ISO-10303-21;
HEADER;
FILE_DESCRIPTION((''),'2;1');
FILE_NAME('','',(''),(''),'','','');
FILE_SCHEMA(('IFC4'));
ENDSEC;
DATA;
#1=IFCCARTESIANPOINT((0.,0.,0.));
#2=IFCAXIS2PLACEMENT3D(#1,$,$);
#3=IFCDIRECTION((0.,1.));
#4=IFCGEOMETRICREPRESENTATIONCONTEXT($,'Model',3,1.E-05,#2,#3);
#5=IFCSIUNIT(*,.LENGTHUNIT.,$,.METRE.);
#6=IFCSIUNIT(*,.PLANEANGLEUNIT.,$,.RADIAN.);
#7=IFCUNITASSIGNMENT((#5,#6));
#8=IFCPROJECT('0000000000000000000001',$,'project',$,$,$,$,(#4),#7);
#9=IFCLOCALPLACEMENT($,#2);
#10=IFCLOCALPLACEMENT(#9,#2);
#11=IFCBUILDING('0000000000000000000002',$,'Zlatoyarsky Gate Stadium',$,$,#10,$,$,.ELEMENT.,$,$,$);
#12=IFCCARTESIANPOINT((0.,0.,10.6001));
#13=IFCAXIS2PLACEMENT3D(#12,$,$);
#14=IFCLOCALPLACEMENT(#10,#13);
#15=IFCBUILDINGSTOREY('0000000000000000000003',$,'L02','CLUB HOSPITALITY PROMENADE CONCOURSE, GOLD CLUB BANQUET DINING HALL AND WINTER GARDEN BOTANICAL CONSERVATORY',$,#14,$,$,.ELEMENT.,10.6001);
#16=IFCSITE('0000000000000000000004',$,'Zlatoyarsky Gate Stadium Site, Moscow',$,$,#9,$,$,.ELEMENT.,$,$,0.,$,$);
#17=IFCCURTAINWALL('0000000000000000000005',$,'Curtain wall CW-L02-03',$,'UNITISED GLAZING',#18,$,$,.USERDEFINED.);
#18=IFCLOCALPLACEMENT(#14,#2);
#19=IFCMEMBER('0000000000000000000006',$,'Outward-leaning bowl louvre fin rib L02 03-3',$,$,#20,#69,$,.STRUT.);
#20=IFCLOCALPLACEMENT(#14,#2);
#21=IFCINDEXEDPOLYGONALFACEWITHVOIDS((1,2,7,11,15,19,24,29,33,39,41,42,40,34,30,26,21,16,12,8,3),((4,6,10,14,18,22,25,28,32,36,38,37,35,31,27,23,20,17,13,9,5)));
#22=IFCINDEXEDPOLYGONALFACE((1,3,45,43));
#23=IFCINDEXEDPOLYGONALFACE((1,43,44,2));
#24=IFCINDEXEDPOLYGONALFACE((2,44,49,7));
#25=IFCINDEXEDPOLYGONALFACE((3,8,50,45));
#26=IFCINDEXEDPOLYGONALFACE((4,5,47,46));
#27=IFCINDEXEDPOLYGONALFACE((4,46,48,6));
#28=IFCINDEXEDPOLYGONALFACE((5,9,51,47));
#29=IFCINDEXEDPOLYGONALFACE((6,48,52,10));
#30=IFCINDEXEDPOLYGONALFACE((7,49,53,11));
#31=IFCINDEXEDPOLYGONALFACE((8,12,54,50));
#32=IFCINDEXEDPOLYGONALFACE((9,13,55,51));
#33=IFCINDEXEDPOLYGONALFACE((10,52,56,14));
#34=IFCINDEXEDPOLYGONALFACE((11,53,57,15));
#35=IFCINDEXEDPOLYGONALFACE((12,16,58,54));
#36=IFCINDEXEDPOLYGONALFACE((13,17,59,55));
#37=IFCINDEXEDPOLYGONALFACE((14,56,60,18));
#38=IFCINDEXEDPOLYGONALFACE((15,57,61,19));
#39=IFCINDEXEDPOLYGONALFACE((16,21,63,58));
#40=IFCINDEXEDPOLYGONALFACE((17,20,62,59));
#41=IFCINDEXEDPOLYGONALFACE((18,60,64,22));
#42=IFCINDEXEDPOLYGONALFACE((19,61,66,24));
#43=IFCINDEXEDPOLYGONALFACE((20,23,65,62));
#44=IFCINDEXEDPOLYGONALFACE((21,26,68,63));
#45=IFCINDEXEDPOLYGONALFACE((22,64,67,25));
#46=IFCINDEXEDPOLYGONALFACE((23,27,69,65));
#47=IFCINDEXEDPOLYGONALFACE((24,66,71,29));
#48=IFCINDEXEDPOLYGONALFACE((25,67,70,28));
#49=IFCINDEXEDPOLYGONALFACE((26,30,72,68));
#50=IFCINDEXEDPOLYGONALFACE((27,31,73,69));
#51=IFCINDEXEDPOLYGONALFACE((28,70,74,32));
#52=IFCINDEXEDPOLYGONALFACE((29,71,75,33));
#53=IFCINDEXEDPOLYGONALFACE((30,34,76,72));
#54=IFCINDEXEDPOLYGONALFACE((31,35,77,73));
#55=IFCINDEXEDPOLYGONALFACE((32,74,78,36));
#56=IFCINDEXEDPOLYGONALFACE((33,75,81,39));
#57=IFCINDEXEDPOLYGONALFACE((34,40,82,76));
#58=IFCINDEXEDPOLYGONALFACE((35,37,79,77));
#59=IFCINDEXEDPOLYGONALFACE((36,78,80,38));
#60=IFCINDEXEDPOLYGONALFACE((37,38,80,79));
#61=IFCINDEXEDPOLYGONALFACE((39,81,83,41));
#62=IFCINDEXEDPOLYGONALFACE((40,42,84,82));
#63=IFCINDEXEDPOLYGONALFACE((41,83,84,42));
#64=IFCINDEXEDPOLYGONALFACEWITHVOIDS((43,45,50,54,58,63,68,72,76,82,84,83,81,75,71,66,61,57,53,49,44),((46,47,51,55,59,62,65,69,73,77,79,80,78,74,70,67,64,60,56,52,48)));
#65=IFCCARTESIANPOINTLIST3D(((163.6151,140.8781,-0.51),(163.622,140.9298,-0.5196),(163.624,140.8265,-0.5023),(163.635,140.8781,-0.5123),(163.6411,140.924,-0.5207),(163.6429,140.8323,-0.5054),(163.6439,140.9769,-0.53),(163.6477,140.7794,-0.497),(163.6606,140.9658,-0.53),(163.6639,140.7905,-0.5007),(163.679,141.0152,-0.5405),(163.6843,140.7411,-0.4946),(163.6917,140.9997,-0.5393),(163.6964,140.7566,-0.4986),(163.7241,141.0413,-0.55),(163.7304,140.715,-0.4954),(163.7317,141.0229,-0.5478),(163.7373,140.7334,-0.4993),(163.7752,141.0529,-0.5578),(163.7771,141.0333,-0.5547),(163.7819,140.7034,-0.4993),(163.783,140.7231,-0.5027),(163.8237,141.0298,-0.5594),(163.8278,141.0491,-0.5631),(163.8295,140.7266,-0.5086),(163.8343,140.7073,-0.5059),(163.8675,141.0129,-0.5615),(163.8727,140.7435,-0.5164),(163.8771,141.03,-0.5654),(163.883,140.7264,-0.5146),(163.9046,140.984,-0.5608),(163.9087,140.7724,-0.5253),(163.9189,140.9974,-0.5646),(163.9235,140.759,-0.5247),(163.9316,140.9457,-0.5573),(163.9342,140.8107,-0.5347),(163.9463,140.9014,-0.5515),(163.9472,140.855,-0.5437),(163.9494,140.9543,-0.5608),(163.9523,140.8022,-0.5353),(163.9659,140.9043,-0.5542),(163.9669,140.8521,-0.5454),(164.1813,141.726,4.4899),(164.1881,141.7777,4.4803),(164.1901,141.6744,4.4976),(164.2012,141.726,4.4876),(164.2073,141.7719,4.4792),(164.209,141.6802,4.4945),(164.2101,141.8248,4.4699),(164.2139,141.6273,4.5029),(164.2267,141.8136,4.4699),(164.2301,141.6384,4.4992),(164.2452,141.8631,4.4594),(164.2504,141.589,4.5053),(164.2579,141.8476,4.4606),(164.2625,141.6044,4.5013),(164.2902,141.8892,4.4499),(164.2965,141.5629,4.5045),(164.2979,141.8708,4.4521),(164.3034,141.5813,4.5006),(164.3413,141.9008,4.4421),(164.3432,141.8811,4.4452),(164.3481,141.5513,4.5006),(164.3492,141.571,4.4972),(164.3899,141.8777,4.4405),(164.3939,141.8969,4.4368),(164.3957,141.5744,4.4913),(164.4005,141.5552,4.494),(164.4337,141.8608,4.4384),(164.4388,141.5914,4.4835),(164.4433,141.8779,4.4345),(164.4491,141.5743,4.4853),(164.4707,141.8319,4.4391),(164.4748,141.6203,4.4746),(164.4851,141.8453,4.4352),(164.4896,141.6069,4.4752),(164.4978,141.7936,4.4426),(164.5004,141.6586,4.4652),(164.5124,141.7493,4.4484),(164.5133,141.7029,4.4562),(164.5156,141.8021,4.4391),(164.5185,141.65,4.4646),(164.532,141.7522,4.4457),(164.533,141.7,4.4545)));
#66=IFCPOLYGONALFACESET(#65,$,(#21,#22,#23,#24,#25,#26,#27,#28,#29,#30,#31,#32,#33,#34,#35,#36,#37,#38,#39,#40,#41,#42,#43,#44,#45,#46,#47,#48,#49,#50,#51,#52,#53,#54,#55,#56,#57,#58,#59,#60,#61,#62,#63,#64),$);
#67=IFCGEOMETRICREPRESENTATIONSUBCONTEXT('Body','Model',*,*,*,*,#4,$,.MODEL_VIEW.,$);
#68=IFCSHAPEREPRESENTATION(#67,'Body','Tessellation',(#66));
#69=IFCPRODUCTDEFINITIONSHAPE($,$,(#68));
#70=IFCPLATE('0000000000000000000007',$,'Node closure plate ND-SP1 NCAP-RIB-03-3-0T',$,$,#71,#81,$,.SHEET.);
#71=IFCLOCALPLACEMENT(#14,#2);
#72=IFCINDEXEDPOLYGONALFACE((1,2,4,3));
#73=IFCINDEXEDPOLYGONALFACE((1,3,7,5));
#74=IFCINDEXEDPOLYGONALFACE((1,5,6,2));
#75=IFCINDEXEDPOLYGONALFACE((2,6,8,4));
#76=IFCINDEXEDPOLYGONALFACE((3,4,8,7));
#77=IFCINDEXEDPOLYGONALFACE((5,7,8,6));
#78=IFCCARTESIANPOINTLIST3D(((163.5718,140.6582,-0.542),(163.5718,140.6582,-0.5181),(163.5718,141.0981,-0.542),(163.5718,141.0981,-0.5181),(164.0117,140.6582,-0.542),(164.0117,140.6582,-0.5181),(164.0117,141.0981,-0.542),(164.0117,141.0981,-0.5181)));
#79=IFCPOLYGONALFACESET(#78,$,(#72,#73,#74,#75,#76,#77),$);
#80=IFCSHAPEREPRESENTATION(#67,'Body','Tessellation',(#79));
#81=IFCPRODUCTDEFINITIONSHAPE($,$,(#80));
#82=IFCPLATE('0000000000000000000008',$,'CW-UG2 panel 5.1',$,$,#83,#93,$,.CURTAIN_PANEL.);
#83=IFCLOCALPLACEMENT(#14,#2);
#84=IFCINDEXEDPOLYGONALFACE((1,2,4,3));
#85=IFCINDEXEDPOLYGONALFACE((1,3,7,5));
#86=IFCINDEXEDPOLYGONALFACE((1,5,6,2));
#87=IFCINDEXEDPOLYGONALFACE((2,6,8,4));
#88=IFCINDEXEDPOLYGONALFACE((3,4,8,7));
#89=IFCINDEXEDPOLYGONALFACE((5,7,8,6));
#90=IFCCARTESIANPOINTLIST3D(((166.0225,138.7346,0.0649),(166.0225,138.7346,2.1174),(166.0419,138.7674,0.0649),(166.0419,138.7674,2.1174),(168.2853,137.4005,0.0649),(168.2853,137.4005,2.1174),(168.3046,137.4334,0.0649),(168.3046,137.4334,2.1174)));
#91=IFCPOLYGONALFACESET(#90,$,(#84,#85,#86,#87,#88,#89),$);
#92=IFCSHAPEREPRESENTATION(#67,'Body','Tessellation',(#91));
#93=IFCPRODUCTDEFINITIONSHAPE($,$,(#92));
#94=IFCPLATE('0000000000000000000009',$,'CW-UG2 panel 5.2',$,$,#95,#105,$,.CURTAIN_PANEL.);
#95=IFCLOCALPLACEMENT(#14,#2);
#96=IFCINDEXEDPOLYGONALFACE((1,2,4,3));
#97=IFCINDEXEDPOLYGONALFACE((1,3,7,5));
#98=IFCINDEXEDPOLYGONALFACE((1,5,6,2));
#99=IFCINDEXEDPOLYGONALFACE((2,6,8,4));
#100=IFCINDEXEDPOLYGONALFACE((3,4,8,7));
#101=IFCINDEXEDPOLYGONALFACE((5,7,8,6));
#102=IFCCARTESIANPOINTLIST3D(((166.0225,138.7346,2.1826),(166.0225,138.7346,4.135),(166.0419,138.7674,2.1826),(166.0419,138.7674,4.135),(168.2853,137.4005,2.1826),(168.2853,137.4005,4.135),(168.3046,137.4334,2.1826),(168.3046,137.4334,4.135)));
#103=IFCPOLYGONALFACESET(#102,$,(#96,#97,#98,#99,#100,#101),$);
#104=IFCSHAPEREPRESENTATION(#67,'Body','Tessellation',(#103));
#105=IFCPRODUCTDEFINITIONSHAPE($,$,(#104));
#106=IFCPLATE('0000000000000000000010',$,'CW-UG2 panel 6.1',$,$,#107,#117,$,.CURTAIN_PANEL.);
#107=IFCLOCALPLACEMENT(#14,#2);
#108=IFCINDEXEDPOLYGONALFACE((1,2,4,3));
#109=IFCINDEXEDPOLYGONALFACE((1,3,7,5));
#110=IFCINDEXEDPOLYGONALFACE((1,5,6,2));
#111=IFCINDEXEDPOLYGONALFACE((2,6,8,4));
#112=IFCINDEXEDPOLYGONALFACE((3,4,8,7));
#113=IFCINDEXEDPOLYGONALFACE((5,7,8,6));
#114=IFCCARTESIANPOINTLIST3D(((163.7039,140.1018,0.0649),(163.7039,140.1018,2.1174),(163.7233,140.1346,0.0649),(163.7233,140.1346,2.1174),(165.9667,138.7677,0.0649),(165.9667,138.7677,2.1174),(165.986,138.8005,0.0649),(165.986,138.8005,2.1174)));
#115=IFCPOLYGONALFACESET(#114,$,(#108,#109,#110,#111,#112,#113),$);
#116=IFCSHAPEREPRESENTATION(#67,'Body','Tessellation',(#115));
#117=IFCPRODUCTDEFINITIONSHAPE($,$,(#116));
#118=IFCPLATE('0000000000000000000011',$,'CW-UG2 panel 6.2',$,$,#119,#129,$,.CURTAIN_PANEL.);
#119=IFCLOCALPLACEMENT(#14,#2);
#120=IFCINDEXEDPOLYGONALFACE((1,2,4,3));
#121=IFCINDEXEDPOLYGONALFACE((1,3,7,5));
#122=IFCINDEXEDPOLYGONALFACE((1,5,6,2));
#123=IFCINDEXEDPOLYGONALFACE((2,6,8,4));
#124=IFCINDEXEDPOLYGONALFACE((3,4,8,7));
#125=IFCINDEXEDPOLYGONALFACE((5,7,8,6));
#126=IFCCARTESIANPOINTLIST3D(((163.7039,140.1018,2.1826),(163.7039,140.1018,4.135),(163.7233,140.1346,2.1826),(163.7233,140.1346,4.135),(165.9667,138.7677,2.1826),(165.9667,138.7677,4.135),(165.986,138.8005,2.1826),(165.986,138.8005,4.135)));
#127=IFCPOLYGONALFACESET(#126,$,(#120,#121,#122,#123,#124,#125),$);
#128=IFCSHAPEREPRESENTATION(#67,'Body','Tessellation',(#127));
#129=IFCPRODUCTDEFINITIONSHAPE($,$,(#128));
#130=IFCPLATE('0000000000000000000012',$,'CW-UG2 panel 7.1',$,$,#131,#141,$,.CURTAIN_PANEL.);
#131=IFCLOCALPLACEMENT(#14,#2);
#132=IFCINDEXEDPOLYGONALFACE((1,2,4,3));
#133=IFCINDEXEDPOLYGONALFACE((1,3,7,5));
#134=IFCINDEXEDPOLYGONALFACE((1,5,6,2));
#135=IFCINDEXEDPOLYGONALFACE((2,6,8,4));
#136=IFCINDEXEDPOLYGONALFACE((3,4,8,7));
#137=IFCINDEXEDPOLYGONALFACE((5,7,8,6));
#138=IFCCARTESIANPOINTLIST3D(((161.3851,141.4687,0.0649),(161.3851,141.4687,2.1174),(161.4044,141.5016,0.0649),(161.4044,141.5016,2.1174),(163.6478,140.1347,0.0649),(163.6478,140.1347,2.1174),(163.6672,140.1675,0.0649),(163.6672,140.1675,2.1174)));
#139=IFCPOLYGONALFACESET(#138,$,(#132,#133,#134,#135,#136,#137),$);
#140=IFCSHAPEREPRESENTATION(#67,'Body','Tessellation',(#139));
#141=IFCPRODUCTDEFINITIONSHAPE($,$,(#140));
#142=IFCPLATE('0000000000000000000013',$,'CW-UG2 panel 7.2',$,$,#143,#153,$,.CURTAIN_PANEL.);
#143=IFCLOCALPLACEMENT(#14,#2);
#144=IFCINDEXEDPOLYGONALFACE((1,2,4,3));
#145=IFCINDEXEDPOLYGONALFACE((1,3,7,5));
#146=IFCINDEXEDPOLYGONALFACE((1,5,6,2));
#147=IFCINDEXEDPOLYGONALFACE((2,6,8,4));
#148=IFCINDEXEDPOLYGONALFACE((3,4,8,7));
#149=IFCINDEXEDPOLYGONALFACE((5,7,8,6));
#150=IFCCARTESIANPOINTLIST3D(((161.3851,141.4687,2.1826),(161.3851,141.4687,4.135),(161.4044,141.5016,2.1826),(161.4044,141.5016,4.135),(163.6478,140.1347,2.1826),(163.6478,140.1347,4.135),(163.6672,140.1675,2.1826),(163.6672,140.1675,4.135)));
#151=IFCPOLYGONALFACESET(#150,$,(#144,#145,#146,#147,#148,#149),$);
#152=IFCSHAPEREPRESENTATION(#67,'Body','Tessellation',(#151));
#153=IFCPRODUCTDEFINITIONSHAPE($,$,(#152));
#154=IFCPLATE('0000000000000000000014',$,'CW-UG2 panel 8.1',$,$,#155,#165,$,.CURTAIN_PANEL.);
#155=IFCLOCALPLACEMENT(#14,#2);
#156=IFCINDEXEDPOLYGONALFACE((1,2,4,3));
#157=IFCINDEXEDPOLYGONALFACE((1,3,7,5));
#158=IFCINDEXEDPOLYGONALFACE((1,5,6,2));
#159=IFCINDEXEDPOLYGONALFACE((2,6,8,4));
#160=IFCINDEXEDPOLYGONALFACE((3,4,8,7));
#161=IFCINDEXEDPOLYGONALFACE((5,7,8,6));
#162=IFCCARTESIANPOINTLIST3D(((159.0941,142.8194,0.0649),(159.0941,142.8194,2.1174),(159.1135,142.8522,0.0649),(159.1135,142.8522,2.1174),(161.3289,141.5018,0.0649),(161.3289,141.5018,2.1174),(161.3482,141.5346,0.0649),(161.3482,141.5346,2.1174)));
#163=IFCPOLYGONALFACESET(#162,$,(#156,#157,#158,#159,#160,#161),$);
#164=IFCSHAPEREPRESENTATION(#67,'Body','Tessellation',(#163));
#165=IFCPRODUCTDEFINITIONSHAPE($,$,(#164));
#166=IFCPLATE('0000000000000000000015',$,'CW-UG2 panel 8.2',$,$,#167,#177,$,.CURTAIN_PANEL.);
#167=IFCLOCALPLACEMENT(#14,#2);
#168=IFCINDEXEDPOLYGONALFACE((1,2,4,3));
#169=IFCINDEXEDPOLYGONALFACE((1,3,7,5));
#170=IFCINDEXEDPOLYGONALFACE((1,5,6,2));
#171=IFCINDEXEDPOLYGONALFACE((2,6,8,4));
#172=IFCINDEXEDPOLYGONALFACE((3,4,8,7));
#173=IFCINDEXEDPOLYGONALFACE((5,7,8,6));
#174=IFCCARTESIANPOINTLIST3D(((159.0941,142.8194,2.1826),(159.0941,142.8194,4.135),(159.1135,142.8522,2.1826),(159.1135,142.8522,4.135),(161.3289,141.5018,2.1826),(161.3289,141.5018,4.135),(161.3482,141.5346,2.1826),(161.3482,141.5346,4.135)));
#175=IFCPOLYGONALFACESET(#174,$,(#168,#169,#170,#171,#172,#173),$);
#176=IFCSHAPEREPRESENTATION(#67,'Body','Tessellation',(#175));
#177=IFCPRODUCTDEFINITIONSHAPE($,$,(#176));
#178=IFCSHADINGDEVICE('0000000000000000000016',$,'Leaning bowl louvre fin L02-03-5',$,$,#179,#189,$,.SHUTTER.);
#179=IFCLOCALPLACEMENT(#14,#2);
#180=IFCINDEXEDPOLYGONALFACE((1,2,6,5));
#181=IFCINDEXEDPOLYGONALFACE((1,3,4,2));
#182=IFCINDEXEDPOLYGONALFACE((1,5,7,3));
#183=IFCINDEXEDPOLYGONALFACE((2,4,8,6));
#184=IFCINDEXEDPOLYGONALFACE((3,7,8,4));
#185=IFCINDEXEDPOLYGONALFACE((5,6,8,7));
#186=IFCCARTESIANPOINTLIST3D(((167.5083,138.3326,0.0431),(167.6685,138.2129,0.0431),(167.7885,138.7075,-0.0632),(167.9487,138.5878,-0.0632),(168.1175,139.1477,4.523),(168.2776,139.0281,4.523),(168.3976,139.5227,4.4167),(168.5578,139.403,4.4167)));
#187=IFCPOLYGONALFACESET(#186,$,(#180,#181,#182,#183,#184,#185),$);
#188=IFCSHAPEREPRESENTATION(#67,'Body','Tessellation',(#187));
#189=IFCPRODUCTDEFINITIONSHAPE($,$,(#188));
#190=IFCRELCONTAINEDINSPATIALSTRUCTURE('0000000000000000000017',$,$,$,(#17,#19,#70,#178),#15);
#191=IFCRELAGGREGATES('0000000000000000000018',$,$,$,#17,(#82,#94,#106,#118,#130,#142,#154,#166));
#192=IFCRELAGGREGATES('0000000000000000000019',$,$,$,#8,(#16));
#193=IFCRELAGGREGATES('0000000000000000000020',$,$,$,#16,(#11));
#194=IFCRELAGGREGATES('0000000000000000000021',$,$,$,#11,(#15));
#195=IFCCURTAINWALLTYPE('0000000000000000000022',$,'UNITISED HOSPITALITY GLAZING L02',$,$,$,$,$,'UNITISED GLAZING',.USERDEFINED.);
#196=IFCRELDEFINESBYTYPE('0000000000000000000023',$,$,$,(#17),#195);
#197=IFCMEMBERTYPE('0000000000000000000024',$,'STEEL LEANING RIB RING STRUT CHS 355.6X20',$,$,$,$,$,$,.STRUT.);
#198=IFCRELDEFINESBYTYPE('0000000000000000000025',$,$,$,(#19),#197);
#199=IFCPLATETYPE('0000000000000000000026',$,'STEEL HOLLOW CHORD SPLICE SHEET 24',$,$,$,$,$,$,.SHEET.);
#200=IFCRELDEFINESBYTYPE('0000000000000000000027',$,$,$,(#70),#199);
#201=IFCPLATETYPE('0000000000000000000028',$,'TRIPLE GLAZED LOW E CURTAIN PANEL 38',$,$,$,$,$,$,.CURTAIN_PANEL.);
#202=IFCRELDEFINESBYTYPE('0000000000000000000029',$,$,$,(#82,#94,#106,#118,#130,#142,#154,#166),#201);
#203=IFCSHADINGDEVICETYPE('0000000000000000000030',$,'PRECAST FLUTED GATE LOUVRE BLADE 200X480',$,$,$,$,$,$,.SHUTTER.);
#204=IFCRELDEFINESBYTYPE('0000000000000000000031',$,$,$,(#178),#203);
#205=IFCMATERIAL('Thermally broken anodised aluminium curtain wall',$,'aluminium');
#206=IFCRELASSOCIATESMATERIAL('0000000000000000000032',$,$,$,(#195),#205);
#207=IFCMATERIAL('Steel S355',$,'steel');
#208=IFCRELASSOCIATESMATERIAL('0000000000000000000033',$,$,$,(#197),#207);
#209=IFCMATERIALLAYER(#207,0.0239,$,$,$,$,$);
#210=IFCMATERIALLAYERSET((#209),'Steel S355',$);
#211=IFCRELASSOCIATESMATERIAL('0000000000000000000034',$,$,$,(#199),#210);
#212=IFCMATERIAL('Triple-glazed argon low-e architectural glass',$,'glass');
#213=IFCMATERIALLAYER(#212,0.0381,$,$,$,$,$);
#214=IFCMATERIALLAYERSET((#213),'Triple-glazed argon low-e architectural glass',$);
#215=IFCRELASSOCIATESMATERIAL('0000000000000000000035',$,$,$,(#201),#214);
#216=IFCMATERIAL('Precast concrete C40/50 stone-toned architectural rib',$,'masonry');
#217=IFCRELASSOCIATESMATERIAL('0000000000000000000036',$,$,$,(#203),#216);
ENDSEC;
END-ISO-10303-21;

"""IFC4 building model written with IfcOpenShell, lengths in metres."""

from ifc_helpers import new_model, si_unit, direction, frame, origin, origin_2d, place, context, subcontext, project, spatial, rectangle, hollow_circle, extrude, material, layer, layer_set, material_profile, profile_set, type_object, element, aggregate, save


model = new_model("IFC4")

# Units and contexts
model_context = context("Model", 3, precision=1e-05, world=origin(), true_north=direction((0.0, 1.0)))
body_context = subcontext(model_context, "Body", "Model", "MODEL_VIEW")
ifc_project = project(units=[si_unit("LENGTHUNIT", "METRE"), si_unit("PLANEANGLEUNIT", "RADIAN")], contexts=[model_context])

# Site, building, storey
site_placement = place(None, origin())
site = spatial("IfcSite", under=ifc_project, at=site_placement, Name="Zlatoyarsky Gate Stadium Site, Moscow", CompositionType="ELEMENT", RefElevation=0.0)
building_placement = place(site_placement, origin())
building = spatial("IfcBuilding", under=site, at=building_placement, Name="Zlatoyarsky Gate Stadium", CompositionType="ELEMENT")
storey_placement = place(building_placement, frame((0.0, 0.0, 10.6001)))
storey = spatial("IfcBuildingStorey", under=building, at=storey_placement, Name="L02", Description="CLUB HOSPITALITY PROMENADE CONCOURSE, GOLD CLUB BANQUET DINING HALL AND WINTER GARDEN BOTANICAL CONSERVATORY", CompositionType="ELEMENT", Elevation=10.6001)

# Curtain wall
ifc_material_1 = material(Name="Thermally broken anodised aluminium curtain wall", Category="aluminium")
curtain_wall_type = type_object("IfcCurtainWallType", Name="UNITISED HOSPITALITY GLAZING L02", ElementType="UNITISED GLAZING", PredefinedType="USERDEFINED", material=ifc_material_1)
curtain_wall_placement = place(storey_placement, origin())
curtain_wall = element("IfcCurtainWall", 1, at=curtain_wall_placement, inside=storey, type_object=curtain_wall_type, Name="Curtain wall CW-L02-03", ObjectType="UNITISED GLAZING", PredefinedType="USERDEFINED")

# Member
ifc_material_2 = material(Name="Steel S355", Category="steel")
ifc_material_profile_1 = material_profile(ifc_material_2, hollow_circle(Radius=0.1777, WallThickness=0.02, at=origin_2d()), Name="CHS 355.6X20")
ifc_profile_set_1 = profile_set([ifc_material_profile_1], Name="Steel S355")
member_type_1 = type_object("IfcMemberType", Name="STEEL LEANING RIB RING STRUT CHS 355.6X20", PredefinedType="STRUT", material=ifc_profile_set_1)
member_1_placement = place(storey_placement, frame((163.7917, 140.8782, -0.53), z_axis=(0.110949, 0.166161, 0.979837), x_axis=(-0.831645, 0.555308, 0.0)))
element("IfcMember", 2, at=member_1_placement, inside=storey, type_object=member_type_1, Name="Outward-leaning bowl louvre fin rib L02 03-3", PredefinedType="STRUT", context=body_context, shape_type="SweptSolid", body=[
    extrude(hollow_circle(Radius=0.1777, WallThickness=0.02, at=origin_2d()), origin(), (0.0, 0.0, 1.0), 5.1028),
])

# Plates
ifc_layer_1 = layer(ifc_material_2, 0.0239)
ifc_layer_set_1 = layer_set([ifc_layer_1], Name="Steel S355")
plate_type_1 = type_object("IfcPlateType", Name="STEEL HOLLOW CHORD SPLICE SHEET 24", PredefinedType="SHEET", material=ifc_layer_set_1)
plate_1_placement = place(storey_placement, frame((163.7917, 140.8782, -0.542), z_axis=(0.0, 0.0, 1.0), x_axis=(1.0, 0.0, 0.0)))
element("IfcPlate", 3, at=plate_1_placement, inside=storey, type_object=plate_type_1, Name="Node closure plate ND-SP1 NCAP-RIB-03-3-0T", PredefinedType="SHEET", context=body_context, shape_type="SweptSolid", body=[
    extrude(rectangle(XDim=0.4399, YDim=0.4399, at=origin_2d()), origin(), (0.0, 0.0, 1.0), 0.0239),
])
ifc_material_3 = material(Name="Triple-glazed argon low-e architectural glass", Category="glass")
ifc_layer_2 = layer(ifc_material_3, 0.0381)
ifc_layer_set_2 = layer_set([ifc_layer_2], Name="Triple-glazed argon low-e architectural glass")
plate_type_2 = type_object("IfcPlateType", Name="TRIPLE GLAZED LOW E CURTAIN PANEL 38", PredefinedType="CURTAIN_PANEL", material=ifc_layer_set_2)
plate_2_placement = place(storey_placement, frame((167.1636, 138.084, 0.0649), z_axis=(0.0, 0.0, 1.0), x_axis=(-0.861425, 0.507884, 0.0)))
plate_2 = element("IfcPlate", 4, at=plate_2_placement, type_object=plate_type_2, Name="CW-UG2 panel 5.1", PredefinedType="CURTAIN_PANEL", context=body_context, shape_type="SweptSolid", body=[
    extrude(rectangle(XDim=2.6267, YDim=0.0381, at=origin_2d()), origin(), (0.0, 0.0, 1.0), 2.0525),
])
plate_3_placement = place(storey_placement, frame((167.1636, 138.084, 2.1826), z_axis=(0.0, 0.0, 1.0), x_axis=(-0.861425, 0.507884, 0.0)))
plate_3 = element("IfcPlate", 5, at=plate_3_placement, type_object=plate_type_2, Name="CW-UG2 panel 5.2", PredefinedType="CURTAIN_PANEL", context=body_context, shape_type="SweptSolid", body=[
    extrude(rectangle(XDim=2.6267, YDim=0.0381, at=origin_2d()), origin(), (0.0, 0.0, 1.0), 1.9524),
])
plate_4_placement = place(storey_placement, frame((164.845, 139.4512, 0.0649), z_axis=(0.0, 0.0, 1.0), x_axis=(-0.861425, 0.507884, 0.0)))
plate_4 = element("IfcPlate", 6, at=plate_4_placement, type_object=plate_type_2, Name="CW-UG2 panel 6.1", PredefinedType="CURTAIN_PANEL", context=body_context, shape_type="SweptSolid", body=[
    extrude(rectangle(XDim=2.6267, YDim=0.0381, at=origin_2d()), origin(), (0.0, 0.0, 1.0), 2.0525),
])
plate_5_placement = place(storey_placement, frame((164.845, 139.4512, 2.1826), z_axis=(0.0, 0.0, 1.0), x_axis=(-0.861425, 0.507884, 0.0)))
plate_5 = element("IfcPlate", 7, at=plate_5_placement, type_object=plate_type_2, Name="CW-UG2 panel 6.2", PredefinedType="CURTAIN_PANEL", context=body_context, shape_type="SweptSolid", body=[
    extrude(rectangle(XDim=2.6267, YDim=0.0381, at=origin_2d()), origin(), (0.0, 0.0, 1.0), 1.9524),
])
plate_6_placement = place(storey_placement, frame((162.5261, 140.8181, 0.0649), z_axis=(0.0, 0.0, 1.0), x_axis=(-0.861425, 0.507884, 0.0)))
plate_6 = element("IfcPlate", 8, at=plate_6_placement, type_object=plate_type_2, Name="CW-UG2 panel 7.1", PredefinedType="CURTAIN_PANEL", context=body_context, shape_type="SweptSolid", body=[
    extrude(rectangle(XDim=2.6267, YDim=0.0381, at=origin_2d()), origin(), (0.0, 0.0, 1.0), 2.0525),
])
plate_7_placement = place(storey_placement, frame((162.5261, 140.8181, 2.1826), z_axis=(0.0, 0.0, 1.0), x_axis=(-0.861425, 0.507884, 0.0)))
plate_7 = element("IfcPlate", 9, at=plate_7_placement, type_object=plate_type_2, Name="CW-UG2 panel 7.2", PredefinedType="CURTAIN_PANEL", context=body_context, shape_type="SweptSolid", body=[
    extrude(rectangle(XDim=2.6267, YDim=0.0381, at=origin_2d()), origin(), (0.0, 0.0, 1.0), 1.9524),
])
plate_8_placement = place(storey_placement, frame((160.2212, 142.177, 0.0649), z_axis=(0.0, 0.0, 1.0), x_axis=(-0.861425, 0.507884, 0.0)))
plate_8 = element("IfcPlate", 10, at=plate_8_placement, type_object=plate_type_2, Name="CW-UG2 panel 8.1", PredefinedType="CURTAIN_PANEL", context=body_context, shape_type="SweptSolid", body=[
    extrude(rectangle(XDim=2.5942, YDim=0.0381, at=origin_2d()), origin(), (0.0, 0.0, 1.0), 2.0525),
])
plate_9_placement = place(storey_placement, frame((160.2212, 142.177, 2.1826), z_axis=(0.0, 0.0, 1.0), x_axis=(-0.861425, 0.507884, 0.0)))
plate_9 = element("IfcPlate", 11, at=plate_9_placement, type_object=plate_type_2, Name="CW-UG2 panel 8.2", PredefinedType="CURTAIN_PANEL", context=body_context, shape_type="SweptSolid", body=[
    extrude(rectangle(XDim=2.5942, YDim=0.0381, at=origin_2d()), origin(), (0.0, 0.0, 1.0), 1.9524),
])
aggregate(curtain_wall, [plate_2, plate_3, plate_4, plate_5, plate_6, plate_7, plate_8, plate_9])

# Shading device
ifc_material_4 = material(Name="Precast concrete C40/50 stone-toned architectural rib", Category="masonry")
ifc_material_profile_2 = material_profile(ifc_material_4, rectangle(XDim=0.2, YDim=0.48, at=origin_2d()), Name="RIB 200X480")
ifc_profile_set_2 = profile_set([ifc_material_profile_2], Name="Precast concrete C40/50 stone-toned architectural rib")
shading_device_type = type_object("IfcShadingDeviceType", Name="PRECAST FLUTED GATE LOUVRE BLADE 200X480", PredefinedType="SHUTTER", material=ifc_profile_set_2)
shading_device_1_placement = place(storey_placement, frame((167.7285, 138.4602, -0.01), z_axis=(0.13259, 0.177442, 0.975159), x_axis=(-0.801064, 0.598579, 0.0)))
element("IfcShadingDevice", 12, at=shading_device_1_placement, inside=storey, type_object=shading_device_type, Name="Leaning bowl louvre fin L02-03-5", PredefinedType="SHUTTER", context=body_context, shape_type="SweptSolid", body=[
    extrude(rectangle(XDim=0.2, YDim=0.48, at=origin_2d()), origin(), (0.0, 0.0, 1.0), 4.594),
])

save(model, "model.ifc")
